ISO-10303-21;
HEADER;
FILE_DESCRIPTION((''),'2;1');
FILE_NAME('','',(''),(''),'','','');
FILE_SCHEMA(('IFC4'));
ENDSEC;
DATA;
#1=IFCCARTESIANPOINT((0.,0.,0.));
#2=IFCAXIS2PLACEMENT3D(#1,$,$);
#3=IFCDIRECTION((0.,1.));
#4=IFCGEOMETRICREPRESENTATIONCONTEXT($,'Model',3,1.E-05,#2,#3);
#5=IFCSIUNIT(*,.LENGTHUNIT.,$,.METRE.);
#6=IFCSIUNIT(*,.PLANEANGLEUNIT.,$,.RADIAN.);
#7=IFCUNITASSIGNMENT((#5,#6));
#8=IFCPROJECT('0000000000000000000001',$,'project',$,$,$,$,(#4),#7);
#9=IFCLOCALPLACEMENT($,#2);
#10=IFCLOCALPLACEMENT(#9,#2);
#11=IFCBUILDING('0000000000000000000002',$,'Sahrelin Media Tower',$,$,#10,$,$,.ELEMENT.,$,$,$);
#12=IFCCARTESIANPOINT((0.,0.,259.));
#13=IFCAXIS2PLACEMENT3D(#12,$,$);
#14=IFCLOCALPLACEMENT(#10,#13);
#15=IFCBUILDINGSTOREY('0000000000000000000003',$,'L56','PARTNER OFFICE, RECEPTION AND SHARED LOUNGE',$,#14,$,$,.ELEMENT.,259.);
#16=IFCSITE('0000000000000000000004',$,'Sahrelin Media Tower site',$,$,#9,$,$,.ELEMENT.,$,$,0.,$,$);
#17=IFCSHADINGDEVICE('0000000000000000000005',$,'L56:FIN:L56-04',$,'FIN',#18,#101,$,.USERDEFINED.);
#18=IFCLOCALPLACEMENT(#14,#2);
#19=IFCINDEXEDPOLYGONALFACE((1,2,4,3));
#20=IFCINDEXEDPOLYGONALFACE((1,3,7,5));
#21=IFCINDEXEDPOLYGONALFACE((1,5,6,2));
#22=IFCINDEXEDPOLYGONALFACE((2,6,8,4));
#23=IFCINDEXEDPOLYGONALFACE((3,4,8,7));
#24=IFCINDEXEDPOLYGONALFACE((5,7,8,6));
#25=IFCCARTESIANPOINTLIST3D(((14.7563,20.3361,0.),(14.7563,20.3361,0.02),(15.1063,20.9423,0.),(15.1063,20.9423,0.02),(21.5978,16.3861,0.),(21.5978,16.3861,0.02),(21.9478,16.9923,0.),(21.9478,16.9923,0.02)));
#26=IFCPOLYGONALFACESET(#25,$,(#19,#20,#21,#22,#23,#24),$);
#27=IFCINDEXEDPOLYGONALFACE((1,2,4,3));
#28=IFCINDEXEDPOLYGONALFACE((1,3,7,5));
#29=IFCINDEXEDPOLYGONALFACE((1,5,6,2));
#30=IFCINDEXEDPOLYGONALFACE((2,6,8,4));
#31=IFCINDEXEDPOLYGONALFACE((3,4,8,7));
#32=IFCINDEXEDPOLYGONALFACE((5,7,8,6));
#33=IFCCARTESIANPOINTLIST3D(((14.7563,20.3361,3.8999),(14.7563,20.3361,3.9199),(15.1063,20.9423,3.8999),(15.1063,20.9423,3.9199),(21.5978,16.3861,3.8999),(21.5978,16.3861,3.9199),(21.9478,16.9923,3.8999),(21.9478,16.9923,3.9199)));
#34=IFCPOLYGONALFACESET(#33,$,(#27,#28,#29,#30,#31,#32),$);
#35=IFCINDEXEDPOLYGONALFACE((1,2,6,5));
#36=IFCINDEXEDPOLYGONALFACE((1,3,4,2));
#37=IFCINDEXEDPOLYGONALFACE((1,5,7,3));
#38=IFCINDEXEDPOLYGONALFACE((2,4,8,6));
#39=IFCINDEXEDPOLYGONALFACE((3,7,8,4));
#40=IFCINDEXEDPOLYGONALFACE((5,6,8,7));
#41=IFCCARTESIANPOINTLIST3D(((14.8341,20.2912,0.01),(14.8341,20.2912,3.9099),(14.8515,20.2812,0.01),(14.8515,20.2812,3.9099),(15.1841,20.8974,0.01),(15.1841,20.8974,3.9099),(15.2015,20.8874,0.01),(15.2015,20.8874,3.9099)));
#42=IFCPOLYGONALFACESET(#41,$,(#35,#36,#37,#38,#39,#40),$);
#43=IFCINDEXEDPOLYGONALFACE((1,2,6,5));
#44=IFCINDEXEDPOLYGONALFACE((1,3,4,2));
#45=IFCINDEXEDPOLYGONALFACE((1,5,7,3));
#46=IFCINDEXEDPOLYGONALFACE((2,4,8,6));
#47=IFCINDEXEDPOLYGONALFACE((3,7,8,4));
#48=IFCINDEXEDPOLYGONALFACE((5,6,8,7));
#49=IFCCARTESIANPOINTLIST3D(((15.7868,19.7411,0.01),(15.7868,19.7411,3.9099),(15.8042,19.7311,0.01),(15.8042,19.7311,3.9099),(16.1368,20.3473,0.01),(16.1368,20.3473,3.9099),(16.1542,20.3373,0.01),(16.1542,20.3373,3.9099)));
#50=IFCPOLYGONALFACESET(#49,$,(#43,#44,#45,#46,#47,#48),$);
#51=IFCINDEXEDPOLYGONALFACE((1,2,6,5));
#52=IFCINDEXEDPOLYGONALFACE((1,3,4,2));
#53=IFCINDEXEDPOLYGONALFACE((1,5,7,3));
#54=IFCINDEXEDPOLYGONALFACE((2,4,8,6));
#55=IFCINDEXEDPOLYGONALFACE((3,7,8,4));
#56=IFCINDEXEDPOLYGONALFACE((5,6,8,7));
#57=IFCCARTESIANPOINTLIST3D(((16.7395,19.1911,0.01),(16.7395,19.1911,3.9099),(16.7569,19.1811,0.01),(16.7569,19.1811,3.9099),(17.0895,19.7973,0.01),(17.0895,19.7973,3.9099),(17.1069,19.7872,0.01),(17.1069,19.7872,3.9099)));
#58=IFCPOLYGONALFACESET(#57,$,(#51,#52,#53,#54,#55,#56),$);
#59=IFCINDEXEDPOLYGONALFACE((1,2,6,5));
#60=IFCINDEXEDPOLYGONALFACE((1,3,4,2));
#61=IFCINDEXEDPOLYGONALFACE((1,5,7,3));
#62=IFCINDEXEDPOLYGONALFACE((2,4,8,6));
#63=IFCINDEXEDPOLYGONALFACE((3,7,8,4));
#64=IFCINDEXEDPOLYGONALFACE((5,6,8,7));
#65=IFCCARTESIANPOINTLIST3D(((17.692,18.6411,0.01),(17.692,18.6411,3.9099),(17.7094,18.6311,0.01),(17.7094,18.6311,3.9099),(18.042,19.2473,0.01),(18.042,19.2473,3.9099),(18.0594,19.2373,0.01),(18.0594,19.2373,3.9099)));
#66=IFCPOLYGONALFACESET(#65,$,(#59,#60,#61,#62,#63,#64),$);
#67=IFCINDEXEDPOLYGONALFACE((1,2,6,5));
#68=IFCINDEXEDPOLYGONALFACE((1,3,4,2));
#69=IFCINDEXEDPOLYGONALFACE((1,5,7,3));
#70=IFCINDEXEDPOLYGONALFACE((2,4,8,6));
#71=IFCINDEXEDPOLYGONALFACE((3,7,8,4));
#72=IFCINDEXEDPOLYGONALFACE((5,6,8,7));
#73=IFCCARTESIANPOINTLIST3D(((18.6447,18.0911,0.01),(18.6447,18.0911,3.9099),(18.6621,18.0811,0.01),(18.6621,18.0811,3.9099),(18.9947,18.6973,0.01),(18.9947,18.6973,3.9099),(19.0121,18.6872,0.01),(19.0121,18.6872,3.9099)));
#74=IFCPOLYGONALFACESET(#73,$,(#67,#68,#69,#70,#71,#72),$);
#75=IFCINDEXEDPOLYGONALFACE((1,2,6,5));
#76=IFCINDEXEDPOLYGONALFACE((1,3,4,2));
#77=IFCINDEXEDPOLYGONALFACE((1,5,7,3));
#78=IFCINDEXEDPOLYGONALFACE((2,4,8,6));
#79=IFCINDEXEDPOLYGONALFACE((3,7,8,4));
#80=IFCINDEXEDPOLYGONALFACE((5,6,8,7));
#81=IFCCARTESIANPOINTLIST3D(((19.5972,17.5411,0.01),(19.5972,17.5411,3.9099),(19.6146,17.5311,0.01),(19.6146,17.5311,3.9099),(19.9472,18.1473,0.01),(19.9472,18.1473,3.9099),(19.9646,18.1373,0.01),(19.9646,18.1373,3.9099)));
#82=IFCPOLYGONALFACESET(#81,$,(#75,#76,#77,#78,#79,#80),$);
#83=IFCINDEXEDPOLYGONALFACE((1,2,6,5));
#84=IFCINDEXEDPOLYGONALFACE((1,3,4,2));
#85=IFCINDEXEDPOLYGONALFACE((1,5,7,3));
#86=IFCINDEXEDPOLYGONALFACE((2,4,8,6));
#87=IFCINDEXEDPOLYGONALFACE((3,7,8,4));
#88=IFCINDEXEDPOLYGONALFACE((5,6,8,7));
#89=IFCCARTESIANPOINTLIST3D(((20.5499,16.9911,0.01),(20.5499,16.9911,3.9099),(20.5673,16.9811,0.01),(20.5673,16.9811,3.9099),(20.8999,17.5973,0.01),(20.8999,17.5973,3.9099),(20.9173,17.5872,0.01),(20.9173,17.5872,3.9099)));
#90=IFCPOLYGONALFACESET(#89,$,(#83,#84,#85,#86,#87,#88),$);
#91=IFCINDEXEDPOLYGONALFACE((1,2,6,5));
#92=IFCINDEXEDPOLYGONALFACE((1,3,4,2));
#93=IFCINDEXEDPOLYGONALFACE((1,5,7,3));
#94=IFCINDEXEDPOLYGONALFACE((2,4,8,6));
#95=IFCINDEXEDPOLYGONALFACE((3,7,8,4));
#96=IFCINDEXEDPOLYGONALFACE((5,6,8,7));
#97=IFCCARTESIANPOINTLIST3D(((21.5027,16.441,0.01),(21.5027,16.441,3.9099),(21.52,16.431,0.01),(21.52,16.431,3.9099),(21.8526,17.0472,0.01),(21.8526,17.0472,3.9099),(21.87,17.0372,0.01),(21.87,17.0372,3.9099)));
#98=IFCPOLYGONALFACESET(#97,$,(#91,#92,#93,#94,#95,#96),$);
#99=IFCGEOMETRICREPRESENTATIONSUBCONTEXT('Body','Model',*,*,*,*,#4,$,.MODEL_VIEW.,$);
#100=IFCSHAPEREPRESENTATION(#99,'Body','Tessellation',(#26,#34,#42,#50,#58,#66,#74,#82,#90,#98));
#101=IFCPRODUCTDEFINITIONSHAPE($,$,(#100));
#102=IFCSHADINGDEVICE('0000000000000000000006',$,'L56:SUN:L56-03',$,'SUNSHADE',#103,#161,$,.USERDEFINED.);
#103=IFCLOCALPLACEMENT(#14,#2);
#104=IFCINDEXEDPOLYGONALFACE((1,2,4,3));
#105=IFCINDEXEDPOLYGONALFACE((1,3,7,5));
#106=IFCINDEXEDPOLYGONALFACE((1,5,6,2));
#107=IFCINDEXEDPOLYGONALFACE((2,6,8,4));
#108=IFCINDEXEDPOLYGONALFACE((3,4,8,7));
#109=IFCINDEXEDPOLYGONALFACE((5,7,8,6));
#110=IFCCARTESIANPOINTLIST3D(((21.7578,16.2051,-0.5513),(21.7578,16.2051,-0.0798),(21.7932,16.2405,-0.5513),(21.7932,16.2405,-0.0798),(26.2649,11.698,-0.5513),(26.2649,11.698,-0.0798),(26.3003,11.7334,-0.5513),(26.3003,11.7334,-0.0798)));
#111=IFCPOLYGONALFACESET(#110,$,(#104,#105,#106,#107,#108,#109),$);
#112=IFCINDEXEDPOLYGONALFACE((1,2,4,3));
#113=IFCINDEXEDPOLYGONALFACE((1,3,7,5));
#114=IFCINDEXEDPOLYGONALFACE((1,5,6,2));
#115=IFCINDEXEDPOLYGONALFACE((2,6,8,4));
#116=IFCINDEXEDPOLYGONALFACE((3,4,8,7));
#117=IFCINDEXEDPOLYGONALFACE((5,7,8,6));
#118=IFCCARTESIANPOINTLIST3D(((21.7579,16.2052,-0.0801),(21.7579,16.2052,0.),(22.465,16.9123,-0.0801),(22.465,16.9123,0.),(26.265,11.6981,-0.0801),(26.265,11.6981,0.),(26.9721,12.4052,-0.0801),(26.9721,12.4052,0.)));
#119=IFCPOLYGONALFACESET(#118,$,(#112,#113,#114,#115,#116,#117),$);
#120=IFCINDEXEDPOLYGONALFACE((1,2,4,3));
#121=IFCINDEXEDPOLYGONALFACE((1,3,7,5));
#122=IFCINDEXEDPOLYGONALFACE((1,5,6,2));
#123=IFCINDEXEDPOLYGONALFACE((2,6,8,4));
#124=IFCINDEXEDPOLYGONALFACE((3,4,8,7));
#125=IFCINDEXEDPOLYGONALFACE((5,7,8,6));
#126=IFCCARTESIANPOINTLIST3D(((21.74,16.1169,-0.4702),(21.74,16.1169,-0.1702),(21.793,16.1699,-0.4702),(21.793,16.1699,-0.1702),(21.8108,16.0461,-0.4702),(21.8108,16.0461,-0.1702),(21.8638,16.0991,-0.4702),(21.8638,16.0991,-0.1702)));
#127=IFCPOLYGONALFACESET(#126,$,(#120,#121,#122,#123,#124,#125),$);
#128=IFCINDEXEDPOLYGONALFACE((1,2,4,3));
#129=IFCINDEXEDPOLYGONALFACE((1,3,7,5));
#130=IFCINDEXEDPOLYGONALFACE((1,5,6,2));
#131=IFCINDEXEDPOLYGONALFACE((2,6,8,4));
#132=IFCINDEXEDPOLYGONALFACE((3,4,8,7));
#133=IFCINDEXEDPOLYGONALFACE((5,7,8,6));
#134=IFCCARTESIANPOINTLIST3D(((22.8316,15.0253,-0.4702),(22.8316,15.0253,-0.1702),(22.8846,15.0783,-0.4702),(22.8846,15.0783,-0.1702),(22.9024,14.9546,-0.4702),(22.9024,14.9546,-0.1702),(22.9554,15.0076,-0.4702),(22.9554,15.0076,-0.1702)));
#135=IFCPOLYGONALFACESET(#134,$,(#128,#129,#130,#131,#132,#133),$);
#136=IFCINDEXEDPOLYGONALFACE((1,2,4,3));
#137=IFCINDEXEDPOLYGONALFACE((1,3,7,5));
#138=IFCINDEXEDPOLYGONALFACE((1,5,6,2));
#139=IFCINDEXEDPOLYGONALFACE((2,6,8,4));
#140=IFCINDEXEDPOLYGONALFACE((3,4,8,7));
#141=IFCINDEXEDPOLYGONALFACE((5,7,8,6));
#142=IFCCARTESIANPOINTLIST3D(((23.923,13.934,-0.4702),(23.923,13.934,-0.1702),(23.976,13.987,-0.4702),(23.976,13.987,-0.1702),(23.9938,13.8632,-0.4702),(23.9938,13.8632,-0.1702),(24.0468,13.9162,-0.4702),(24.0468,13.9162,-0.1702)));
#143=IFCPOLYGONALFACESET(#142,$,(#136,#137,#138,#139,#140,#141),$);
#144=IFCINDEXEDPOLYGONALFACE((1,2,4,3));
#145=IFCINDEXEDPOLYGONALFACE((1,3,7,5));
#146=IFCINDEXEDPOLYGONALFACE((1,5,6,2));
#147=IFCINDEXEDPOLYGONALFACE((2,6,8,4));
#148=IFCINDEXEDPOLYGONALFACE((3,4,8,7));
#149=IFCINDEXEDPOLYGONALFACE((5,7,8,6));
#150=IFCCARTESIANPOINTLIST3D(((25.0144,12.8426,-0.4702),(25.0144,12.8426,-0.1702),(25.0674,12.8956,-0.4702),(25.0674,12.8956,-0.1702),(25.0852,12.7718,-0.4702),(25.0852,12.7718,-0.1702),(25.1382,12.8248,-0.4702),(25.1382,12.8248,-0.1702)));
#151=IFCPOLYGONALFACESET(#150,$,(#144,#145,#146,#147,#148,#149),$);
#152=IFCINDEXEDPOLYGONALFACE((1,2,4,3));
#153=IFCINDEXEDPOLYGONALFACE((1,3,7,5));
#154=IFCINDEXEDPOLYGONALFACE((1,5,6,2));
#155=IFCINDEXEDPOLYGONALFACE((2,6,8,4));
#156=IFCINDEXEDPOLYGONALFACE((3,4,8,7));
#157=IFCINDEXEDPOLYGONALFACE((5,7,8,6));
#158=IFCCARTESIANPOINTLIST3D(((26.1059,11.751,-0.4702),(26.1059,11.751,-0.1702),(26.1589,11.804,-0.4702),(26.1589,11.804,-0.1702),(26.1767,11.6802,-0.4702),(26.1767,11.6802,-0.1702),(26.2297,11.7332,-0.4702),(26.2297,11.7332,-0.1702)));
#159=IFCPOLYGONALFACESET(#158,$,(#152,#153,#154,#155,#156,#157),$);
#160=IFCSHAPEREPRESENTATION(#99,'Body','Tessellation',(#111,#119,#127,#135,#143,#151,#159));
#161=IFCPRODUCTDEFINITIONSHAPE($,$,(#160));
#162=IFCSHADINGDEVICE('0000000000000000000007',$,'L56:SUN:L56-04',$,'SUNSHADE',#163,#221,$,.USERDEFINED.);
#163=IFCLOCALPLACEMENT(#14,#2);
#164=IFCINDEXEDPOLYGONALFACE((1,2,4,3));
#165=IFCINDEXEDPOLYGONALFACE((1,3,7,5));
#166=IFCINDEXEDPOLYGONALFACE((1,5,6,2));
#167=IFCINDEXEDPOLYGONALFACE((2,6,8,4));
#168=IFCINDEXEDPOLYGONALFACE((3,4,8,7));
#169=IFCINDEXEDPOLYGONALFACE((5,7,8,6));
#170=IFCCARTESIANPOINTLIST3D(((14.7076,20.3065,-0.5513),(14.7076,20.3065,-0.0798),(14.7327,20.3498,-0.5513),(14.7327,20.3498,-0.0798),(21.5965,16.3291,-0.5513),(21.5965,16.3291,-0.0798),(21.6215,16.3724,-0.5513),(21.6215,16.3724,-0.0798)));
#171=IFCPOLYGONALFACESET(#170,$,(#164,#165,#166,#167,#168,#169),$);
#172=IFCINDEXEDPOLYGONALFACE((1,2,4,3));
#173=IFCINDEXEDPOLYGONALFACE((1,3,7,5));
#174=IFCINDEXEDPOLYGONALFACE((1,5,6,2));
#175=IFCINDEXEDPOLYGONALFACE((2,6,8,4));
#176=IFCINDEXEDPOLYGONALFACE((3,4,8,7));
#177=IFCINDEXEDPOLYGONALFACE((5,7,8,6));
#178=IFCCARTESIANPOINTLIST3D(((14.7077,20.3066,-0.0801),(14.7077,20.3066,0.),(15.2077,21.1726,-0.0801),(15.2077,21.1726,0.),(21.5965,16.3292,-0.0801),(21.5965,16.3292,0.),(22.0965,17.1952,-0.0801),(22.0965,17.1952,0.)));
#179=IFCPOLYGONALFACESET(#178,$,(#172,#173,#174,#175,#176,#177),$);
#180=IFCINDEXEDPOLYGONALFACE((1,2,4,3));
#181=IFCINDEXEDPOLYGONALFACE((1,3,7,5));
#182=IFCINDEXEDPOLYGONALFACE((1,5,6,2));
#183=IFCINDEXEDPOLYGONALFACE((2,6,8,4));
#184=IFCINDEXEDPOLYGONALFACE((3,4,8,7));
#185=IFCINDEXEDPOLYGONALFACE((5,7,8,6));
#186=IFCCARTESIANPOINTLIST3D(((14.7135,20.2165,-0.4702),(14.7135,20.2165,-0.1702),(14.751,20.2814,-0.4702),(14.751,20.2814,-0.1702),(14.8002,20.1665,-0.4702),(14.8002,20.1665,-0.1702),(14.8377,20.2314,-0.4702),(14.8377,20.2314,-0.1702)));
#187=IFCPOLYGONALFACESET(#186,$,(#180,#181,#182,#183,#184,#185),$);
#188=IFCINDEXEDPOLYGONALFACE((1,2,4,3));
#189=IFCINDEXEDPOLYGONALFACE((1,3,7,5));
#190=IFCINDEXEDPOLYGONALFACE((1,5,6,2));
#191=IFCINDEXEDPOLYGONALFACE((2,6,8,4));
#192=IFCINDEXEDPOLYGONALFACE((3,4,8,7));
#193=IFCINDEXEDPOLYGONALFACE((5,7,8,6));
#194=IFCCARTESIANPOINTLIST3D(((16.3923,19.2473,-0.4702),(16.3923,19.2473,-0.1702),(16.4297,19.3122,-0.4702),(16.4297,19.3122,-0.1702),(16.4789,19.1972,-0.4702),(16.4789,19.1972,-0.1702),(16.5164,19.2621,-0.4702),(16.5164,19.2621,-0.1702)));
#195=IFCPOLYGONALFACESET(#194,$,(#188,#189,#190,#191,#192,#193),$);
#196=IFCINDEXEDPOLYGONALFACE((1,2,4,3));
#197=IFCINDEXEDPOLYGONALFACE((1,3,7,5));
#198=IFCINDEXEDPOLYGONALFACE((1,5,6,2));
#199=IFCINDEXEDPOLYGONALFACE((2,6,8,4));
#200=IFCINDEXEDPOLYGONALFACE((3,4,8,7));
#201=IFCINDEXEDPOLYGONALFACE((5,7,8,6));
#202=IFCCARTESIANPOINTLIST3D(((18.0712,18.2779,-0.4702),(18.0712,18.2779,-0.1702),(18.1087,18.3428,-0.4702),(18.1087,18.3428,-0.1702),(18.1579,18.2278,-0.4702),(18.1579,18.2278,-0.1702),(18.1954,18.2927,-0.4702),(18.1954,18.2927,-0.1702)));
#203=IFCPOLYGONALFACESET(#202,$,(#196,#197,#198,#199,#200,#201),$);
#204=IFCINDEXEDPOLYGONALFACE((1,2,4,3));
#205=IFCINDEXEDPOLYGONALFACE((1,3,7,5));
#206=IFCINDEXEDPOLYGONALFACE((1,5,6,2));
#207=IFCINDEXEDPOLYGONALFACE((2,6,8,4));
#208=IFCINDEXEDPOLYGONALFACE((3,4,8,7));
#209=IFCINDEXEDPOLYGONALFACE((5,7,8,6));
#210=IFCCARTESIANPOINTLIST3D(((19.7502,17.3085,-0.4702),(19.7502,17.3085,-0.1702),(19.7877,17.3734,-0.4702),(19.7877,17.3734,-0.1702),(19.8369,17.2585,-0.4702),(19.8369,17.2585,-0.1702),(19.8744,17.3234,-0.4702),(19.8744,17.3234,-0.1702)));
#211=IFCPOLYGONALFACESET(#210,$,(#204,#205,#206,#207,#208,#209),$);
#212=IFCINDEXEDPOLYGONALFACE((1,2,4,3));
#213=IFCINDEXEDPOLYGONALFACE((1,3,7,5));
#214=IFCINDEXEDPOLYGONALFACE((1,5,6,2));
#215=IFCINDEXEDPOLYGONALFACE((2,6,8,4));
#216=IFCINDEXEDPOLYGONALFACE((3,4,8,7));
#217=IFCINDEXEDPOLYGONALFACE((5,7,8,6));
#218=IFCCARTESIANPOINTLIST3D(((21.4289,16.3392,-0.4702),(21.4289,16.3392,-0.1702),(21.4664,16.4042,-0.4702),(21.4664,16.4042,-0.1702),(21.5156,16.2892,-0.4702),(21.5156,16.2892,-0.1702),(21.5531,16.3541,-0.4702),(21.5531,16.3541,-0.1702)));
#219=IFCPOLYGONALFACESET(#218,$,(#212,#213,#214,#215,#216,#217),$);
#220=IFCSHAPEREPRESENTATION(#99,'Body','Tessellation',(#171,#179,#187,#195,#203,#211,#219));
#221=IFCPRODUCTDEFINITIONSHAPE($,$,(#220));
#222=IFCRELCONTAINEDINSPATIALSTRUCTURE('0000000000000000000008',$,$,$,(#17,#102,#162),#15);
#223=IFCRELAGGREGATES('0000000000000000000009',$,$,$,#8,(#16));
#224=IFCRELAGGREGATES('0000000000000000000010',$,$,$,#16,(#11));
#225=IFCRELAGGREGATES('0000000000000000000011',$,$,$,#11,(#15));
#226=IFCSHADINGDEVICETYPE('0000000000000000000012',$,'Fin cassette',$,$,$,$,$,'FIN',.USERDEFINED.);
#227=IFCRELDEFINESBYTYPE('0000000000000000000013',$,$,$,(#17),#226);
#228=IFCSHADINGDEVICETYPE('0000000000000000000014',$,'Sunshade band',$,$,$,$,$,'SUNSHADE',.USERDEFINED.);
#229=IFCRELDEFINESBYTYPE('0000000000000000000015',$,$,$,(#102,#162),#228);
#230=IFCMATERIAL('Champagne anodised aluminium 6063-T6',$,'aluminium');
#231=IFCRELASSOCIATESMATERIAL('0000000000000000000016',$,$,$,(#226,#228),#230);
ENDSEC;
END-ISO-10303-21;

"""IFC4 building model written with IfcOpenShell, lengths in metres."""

from ifc_helpers import new_model, si_unit, direction, frame, origin, origin_2d, place, context, subcontext, project, spatial, rectangle, extrude, material, type_object, element, save


model = new_model("IFC4")

# Units and contexts
model_context = context("Model", 3, precision=1e-05, world=origin(), true_north=direction((0.0, 1.0)))
body_context = subcontext(model_context, "Body", "Model", "MODEL_VIEW")
ifc_project = project(units=[si_unit("LENGTHUNIT", "METRE"), si_unit("PLANEANGLEUNIT", "RADIAN")], contexts=[model_context])

# Site, building, storey
site_placement = place(None, origin())
site = spatial("IfcSite", under=ifc_project, at=site_placement, Name="Sahrelin Media Tower site", CompositionType="ELEMENT", RefElevation=0.0)
building_placement = place(site_placement, origin())
building = spatial("IfcBuilding", under=site, at=building_placement, Name="Sahrelin Media Tower", CompositionType="ELEMENT")
storey_placement = place(building_placement, frame((0.0, 0.0, 259.0)))
storey = spatial("IfcBuildingStorey", under=building, at=storey_placement, Name="L56", Description="PARTNER OFFICE, RECEPTION AND SHARED LOUNGE", CompositionType="ELEMENT", Elevation=259.0)

# Shared definitions
ifc_material_1 = material(Name="Champagne anodised aluminium 6063-T6", Category="aluminium")

# Shading devices
shading_device_type_1 = type_object("IfcShadingDeviceType", Name="Fin cassette", ElementType="FIN", PredefinedType="USERDEFINED", material=ifc_material_1)
placement_1 = place(storey_placement, frame((23.9973, 13.9375, 0.0), z_axis=(0.0, 0.0, 1.0), x_axis=(0.707107, -0.707107, 0.0)))
placement_2 = place(storey_placement, frame((18.1421, 18.3005, 0.0), z_axis=(0.0, 0.0, 1.0), x_axis=(0.866019, -0.500011, 0.0)))
element("IfcShadingDevice", 1, at=placement_2, inside=storey, type_object=shading_device_type_1, Name="L56:FIN:L56-04", ObjectType="FIN", PredefinedType="USERDEFINED", context=body_context, shape_type="SweptSolid", body=[
    extrude(rectangle(XDim=7.8999, YDim=0.7, at=origin_2d()), frame((0.0, 0.4199, 0.0)), (0.0, 0.0, 1.0), 0.02),
    extrude(rectangle(XDim=7.8999, YDim=0.7, at=origin_2d()), frame((0.0, 0.4199, 3.8999)), (0.0, 0.0, 1.0), 0.02),
    extrude(rectangle(XDim=0.02, YDim=0.7, at=origin_2d()), frame((-3.8501, 0.4199, 0.01), z_axis=(0.0, 0.0, 1.0), x_axis=(1.0, 0.0, 0.0)), (0.0, 0.0, 1.0), 3.8999),
    extrude(rectangle(XDim=0.02, YDim=0.7, at=origin_2d()), frame((-2.75, 0.4199, 0.01), z_axis=(0.0, 0.0, 1.0), x_axis=(1.0, 0.0, 0.0)), (0.0, 0.0, 1.0), 3.8999),
    extrude(rectangle(XDim=0.02, YDim=0.7, at=origin_2d()), frame((-1.6499, 0.4199, 0.01), z_axis=(0.0, 0.0, 1.0), x_axis=(1.0, 0.0, 0.0)), (0.0, 0.0, 1.0), 3.8999),
    extrude(rectangle(XDim=0.02, YDim=0.7, at=origin_2d()), frame((-0.55, 0.4199, 0.01), z_axis=(0.0, 0.0, 1.0), x_axis=(1.0, 0.0, 0.0)), (0.0, 0.0, 1.0), 3.8999),
    extrude(rectangle(XDim=0.02, YDim=0.7, at=origin_2d()), frame((0.55, 0.4199, 0.01), z_axis=(0.0, 0.0, 1.0), x_axis=(1.0, 0.0, 0.0)), (0.0, 0.0, 1.0), 3.8999),
    extrude(rectangle(XDim=0.02, YDim=0.7, at=origin_2d()), frame((1.6499, 0.4199, 0.01), z_axis=(0.0, 0.0, 1.0), x_axis=(1.0, 0.0, 0.0)), (0.0, 0.0, 1.0), 3.8999),
    extrude(rectangle(XDim=0.02, YDim=0.7, at=origin_2d()), frame((2.75, 0.4199, 0.01), z_axis=(0.0, 0.0, 1.0), x_axis=(1.0, 0.0, 0.0)), (0.0, 0.0, 1.0), 3.8999),
    extrude(rectangle(XDim=0.02, YDim=0.7, at=origin_2d()), frame((3.8501, 0.4199, 0.01), z_axis=(0.0, 0.0, 1.0), x_axis=(1.0, 0.0, 0.0)), (0.0, 0.0, 1.0), 3.8999),
])
shading_device_type_2 = type_object("IfcShadingDeviceType", Name="Sunshade band", ElementType="SUNSHADE", PredefinedType="USERDEFINED", material=ifc_material_1)
element("IfcShadingDevice", 2, at=placement_1, inside=storey, type_object=shading_device_type_2, Name="L56:SUN:L56-03", ObjectType="SUNSHADE", PredefinedType="USERDEFINED", context=body_context, shape_type="SweptSolid", body=[
    extrude(rectangle(XDim=6.374, YDim=0.05, at=origin_2d()), frame((0.0, 0.0449, -0.5513)), (0.0, 0.0, 1.0), 0.4714),
    extrude(rectangle(XDim=6.374, YDim=1.0, at=origin_2d()), frame((0.0, 0.52, -0.0801)), (0.0, 0.0, 1.0), 0.0801),
    extrude(rectangle(XDim=0.1001, YDim=0.075, at=origin_2d()), frame((-3.0872, -0.0176, -0.4702)), (0.0, 0.0, 1.0), 0.3),
    extrude(rectangle(XDim=0.1001, YDim=0.075, at=origin_2d()), frame((-1.5435, -0.0176, -0.4702)), (0.0, 0.0, 1.0), 0.3),
    extrude(rectangle(XDim=0.1001, YDim=0.075, at=origin_2d()), frame((0.0, -0.0176, -0.4702)), (0.0, 0.0, 1.0), 0.3),
    extrude(rectangle(XDim=0.1001, YDim=0.075, at=origin_2d()), frame((1.5435, -0.0176, -0.4702)), (0.0, 0.0, 1.0), 0.3),
    extrude(rectangle(XDim=0.1001, YDim=0.075, at=origin_2d()), frame((3.0872, -0.0176, -0.4702)), (0.0, 0.0, 1.0), 0.3),
])
element("IfcShadingDevice", 3, at=placement_2, inside=storey, type_object=shading_device_type_2, Name="L56:SUN:L56-04", ObjectType="SUNSHADE", PredefinedType="USERDEFINED", context=body_context, shape_type="SweptSolid", body=[
    extrude(rectangle(XDim=7.9546, YDim=0.05, at=origin_2d()), frame((0.0, 0.0449, -0.5513)), (0.0, 0.0, 1.0), 0.4714),
    extrude(rectangle(XDim=7.9546, YDim=1.0, at=origin_2d()), frame((0.0, 0.52, -0.0801)), (0.0, 0.0, 1.0), 0.0801),
    extrude(rectangle(XDim=0.1001, YDim=0.075, at=origin_2d()), frame((-3.8772, -0.0176, -0.4702)), (0.0, 0.0, 1.0), 0.3),
    extrude(rectangle(XDim=0.1001, YDim=0.075, at=origin_2d()), frame((-1.9387, -0.0176, -0.4702)), (0.0, 0.0, 1.0), 0.3),
    extrude(rectangle(XDim=0.1001, YDim=0.075, at=origin_2d()), frame((0.0, -0.0176, -0.4702)), (0.0, 0.0, 1.0), 0.3),
    extrude(rectangle(XDim=0.1001, YDim=0.075, at=origin_2d()), frame((1.9387, -0.0176, -0.4702)), (0.0, 0.0, 1.0), 0.3),
    extrude(rectangle(XDim=0.1001, YDim=0.075, at=origin_2d()), frame((3.8772, -0.0176, -0.4702)), (0.0, 0.0, 1.0), 0.3),
])

save(model, "model.ifc")
